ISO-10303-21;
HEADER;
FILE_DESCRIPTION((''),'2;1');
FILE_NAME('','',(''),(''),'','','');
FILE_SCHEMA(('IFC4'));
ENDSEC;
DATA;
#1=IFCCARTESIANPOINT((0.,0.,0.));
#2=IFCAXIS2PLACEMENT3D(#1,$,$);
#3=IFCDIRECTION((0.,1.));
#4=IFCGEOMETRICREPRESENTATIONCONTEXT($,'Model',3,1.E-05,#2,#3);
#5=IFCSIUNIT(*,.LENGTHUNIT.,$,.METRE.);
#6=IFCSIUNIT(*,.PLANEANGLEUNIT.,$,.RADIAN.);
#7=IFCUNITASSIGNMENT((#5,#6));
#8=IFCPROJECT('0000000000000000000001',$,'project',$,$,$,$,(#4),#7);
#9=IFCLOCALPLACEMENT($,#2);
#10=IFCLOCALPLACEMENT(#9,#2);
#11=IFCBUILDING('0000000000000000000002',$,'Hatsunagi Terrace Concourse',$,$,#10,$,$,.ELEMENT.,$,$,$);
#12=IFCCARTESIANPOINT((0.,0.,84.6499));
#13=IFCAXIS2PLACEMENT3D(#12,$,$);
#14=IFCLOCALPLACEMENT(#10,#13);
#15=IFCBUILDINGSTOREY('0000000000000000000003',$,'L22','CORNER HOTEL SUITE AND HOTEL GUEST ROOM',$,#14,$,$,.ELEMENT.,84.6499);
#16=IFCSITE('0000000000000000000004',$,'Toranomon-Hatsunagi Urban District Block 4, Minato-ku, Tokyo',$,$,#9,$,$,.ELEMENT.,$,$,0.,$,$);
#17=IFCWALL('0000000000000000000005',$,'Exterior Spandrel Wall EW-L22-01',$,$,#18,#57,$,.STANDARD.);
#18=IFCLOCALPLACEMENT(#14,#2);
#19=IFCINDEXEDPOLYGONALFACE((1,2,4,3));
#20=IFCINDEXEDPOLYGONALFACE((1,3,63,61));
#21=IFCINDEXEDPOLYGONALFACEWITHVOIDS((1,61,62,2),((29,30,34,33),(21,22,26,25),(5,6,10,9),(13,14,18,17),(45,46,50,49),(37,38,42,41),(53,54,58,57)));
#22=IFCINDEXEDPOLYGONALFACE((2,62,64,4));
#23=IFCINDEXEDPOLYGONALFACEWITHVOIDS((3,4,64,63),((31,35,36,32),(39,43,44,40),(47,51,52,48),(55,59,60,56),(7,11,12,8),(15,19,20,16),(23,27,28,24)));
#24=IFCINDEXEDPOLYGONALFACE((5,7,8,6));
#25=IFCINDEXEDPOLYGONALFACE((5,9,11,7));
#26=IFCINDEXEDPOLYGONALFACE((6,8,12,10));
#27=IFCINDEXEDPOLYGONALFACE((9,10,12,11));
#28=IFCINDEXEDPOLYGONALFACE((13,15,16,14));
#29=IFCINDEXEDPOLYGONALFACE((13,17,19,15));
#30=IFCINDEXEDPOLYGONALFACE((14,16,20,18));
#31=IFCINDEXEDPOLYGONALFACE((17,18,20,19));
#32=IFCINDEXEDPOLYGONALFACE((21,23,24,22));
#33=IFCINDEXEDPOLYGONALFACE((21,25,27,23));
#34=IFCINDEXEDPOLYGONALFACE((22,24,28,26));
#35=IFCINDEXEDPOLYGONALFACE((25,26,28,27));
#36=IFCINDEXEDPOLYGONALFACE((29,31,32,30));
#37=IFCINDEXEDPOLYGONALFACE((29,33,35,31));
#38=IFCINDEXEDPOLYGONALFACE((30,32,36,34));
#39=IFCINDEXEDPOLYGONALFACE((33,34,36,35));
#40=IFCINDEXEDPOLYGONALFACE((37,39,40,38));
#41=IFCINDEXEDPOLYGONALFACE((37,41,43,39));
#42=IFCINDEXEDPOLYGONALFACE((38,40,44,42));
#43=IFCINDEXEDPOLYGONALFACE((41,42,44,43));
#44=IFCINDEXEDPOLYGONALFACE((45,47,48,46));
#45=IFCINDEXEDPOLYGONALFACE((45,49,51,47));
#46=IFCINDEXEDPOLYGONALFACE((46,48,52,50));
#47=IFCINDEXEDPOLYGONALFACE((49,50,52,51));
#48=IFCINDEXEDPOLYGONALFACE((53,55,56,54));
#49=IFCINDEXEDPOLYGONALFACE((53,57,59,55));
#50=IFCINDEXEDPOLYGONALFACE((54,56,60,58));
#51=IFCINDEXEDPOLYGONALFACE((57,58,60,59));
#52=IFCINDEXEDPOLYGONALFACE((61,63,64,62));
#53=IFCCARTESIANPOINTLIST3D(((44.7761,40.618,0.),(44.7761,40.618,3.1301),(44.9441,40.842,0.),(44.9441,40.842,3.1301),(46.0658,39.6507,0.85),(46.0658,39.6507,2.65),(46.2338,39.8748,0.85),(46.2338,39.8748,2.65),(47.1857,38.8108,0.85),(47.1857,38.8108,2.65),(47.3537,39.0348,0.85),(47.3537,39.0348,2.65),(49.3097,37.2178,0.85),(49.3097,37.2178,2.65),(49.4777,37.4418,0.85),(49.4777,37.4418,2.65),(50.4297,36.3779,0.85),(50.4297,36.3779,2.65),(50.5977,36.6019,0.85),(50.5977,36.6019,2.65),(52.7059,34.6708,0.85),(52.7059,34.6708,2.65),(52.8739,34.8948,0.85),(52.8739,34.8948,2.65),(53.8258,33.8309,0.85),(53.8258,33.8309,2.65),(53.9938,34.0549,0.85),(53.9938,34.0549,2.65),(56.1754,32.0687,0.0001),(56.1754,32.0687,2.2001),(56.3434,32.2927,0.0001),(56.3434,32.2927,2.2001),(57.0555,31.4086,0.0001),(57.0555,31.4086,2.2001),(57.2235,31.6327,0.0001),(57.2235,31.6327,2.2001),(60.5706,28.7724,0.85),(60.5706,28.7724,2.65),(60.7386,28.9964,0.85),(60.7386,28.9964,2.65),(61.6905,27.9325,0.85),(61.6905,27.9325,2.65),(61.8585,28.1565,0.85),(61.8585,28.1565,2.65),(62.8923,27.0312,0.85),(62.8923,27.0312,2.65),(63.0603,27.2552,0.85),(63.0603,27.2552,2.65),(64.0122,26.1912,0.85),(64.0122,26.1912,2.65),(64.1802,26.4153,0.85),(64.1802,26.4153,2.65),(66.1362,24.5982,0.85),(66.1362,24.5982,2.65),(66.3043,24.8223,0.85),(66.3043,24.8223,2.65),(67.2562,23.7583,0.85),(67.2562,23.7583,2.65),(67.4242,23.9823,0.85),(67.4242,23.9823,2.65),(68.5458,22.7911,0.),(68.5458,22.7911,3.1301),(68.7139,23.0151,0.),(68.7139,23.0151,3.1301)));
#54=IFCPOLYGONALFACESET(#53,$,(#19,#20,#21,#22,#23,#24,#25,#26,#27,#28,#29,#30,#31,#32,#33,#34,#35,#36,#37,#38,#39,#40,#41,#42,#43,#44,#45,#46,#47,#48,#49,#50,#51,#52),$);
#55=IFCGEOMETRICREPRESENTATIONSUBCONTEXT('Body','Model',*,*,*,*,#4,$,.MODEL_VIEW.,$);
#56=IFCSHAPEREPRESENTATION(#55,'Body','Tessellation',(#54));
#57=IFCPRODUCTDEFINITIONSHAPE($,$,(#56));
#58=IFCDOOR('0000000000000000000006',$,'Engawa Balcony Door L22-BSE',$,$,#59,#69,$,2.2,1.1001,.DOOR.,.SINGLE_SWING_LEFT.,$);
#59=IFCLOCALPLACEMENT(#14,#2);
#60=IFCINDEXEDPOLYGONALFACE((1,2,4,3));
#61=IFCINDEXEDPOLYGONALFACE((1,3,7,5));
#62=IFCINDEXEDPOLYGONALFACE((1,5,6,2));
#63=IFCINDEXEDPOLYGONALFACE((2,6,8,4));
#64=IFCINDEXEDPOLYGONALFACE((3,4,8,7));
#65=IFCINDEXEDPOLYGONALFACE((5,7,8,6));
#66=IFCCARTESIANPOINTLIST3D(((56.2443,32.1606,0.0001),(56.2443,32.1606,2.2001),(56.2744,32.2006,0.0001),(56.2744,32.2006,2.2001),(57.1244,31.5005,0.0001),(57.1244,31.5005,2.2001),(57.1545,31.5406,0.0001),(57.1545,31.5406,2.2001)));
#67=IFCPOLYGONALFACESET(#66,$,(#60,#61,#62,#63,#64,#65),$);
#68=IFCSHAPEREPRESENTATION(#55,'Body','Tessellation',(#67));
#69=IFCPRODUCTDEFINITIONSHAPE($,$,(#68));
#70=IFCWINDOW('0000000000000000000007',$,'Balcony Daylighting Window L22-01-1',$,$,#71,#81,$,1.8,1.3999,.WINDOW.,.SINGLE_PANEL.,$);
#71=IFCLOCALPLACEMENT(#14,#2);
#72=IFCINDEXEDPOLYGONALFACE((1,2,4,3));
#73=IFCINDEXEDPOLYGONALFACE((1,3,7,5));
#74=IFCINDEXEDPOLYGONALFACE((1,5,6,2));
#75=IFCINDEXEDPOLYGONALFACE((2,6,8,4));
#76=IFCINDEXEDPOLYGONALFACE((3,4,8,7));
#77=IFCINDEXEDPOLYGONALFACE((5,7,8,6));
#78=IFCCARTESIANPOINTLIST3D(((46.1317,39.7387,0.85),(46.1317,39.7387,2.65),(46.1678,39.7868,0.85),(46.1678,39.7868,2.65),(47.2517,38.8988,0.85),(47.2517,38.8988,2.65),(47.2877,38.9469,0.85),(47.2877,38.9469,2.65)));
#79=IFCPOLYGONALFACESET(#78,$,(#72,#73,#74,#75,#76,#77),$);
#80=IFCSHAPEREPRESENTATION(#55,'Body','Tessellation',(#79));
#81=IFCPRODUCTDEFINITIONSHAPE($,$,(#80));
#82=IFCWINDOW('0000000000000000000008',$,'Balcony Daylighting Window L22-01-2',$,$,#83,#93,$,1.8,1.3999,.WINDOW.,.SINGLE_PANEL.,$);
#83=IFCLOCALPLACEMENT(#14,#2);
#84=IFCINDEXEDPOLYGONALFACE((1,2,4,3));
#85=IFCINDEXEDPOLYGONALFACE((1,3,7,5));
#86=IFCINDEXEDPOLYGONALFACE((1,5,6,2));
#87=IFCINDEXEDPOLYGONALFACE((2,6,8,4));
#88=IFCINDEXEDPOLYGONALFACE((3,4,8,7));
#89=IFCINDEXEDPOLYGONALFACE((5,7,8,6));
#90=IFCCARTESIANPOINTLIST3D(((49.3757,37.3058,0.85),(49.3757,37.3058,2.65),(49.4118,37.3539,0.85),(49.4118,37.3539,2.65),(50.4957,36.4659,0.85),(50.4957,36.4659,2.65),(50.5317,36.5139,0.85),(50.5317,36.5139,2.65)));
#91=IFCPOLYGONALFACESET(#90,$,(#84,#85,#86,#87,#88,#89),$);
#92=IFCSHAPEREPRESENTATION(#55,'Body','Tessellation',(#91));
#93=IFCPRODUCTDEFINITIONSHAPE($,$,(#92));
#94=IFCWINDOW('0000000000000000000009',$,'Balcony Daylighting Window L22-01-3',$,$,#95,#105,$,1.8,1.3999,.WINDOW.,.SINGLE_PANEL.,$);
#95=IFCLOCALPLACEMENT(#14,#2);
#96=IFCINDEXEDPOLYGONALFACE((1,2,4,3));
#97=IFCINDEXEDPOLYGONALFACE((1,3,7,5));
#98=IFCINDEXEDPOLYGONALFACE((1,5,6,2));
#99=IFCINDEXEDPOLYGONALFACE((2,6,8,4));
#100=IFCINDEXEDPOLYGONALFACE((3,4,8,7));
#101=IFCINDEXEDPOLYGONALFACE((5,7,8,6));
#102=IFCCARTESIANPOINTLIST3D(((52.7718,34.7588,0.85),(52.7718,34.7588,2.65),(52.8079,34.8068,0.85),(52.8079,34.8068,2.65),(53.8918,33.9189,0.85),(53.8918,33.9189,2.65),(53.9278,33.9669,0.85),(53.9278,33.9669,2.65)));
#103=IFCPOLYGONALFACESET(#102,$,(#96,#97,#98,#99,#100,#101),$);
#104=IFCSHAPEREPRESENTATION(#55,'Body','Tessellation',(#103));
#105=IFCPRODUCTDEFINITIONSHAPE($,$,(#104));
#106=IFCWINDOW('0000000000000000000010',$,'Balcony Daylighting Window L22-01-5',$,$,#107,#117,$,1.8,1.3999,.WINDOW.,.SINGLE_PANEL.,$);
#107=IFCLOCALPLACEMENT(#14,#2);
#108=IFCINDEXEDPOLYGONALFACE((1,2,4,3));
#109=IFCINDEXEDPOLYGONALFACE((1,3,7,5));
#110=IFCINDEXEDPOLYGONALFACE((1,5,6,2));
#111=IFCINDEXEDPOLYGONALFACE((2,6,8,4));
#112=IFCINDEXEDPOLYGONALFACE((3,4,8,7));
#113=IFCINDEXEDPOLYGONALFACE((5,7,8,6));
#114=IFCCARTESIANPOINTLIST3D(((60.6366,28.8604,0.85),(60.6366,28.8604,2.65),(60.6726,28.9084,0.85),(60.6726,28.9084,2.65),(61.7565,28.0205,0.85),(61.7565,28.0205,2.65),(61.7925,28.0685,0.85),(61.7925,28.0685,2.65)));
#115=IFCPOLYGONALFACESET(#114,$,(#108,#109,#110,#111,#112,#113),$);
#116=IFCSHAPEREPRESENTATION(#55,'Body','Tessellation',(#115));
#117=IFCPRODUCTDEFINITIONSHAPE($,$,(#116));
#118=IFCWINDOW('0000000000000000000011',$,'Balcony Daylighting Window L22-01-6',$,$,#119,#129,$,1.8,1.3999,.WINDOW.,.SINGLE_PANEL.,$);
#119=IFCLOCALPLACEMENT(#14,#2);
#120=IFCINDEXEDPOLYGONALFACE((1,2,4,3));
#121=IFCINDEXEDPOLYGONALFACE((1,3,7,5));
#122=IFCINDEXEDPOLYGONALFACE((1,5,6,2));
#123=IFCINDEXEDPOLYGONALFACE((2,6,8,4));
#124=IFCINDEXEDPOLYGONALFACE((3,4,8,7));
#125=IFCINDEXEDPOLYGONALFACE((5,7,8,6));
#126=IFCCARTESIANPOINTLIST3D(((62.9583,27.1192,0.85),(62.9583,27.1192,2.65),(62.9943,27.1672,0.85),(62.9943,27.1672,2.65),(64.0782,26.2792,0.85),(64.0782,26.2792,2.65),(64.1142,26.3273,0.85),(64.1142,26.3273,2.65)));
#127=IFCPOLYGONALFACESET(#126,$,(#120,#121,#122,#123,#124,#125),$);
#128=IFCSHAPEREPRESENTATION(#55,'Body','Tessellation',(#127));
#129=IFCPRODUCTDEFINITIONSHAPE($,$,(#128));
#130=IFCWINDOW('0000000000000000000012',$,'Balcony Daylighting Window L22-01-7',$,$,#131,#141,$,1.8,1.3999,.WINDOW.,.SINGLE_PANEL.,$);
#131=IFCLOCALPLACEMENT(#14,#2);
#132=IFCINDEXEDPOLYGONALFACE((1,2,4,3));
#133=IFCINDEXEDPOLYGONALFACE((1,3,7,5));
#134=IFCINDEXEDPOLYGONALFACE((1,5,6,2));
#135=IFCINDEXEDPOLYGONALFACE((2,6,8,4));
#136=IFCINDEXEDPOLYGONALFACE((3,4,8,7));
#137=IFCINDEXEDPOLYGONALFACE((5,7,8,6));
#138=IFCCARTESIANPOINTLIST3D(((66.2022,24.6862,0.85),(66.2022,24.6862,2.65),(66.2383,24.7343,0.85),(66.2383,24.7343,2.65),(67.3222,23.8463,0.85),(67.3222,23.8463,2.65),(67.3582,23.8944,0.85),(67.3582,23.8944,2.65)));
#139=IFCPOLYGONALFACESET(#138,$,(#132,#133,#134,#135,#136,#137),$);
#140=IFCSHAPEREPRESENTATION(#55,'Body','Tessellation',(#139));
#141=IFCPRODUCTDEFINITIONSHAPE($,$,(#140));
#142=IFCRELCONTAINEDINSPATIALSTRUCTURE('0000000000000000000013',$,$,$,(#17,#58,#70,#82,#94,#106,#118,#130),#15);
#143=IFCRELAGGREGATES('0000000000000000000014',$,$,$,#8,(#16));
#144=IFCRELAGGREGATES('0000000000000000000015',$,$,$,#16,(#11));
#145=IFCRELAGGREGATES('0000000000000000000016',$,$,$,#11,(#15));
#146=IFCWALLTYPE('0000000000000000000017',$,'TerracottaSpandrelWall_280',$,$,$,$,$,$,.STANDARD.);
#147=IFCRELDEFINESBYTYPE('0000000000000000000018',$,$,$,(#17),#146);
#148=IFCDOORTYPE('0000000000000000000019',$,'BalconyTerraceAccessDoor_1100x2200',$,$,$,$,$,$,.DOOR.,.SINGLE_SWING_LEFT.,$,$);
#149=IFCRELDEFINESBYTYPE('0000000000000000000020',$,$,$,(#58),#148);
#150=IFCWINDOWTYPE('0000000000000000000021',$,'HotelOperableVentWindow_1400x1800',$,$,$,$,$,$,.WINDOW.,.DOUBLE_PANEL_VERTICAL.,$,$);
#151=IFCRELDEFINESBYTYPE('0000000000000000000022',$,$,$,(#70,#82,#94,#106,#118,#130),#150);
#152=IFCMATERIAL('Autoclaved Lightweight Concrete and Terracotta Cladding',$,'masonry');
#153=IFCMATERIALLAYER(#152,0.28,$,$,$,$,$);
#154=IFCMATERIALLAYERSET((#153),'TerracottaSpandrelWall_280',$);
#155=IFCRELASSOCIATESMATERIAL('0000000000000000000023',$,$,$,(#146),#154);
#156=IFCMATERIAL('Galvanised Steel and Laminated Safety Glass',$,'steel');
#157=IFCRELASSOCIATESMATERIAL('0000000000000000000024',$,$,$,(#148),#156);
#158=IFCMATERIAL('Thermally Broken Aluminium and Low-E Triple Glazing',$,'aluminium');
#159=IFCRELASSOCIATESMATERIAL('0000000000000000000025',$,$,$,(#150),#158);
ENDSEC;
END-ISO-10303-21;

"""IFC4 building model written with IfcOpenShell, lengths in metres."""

from ifc_helpers import new_model, si_unit, direction, frame, frame_2d, origin, place, context, subcontext, project, spatial, rectangle, extrude, material, layer, layer_set, type_object, element, fill, save


model = new_model("IFC4")

# Units and contexts
model_context = context("Model", 3, precision=1e-05, world=origin(), true_north=direction((0.0, 1.0)))
body_context = subcontext(model_context, "Body", "Model", "MODEL_VIEW")
ifc_project = project(units=[si_unit("LENGTHUNIT", "METRE"), si_unit("PLANEANGLEUNIT", "RADIAN")], contexts=[model_context])

# Site, building, storey
site_placement = place(None, origin())
site = spatial("IfcSite", under=ifc_project, at=site_placement, Name="Toranomon-Hatsunagi Urban District Block 4, Minato-ku, Tokyo", CompositionType="ELEMENT", RefElevation=0.0)
building_placement = place(site_placement, origin())
building = spatial("IfcBuilding", under=site, at=building_placement, Name="Hatsunagi Terrace Concourse", CompositionType="ELEMENT")
storey_placement = place(building_placement, frame((0.0, 0.0, 84.6499)))
storey = spatial("IfcBuildingStorey", under=building, at=storey_placement, Name="L22", Description="CORNER HOTEL SUITE AND HOTEL GUEST ROOM", CompositionType="ELEMENT", Elevation=84.6499)

# Wall, openings, door, windows
ifc_material_1 = material(Name="Autoclaved Lightweight Concrete and Terracotta Cladding", Category="masonry")
ifc_layer_1 = layer(ifc_material_1, 0.28)
ifc_layer_set_1 = layer_set([ifc_layer_1], Name="TerracottaSpandrelWall_280")
wall_type_1 = type_object("IfcWallType", Name="TerracottaSpandrelWall_280", PredefinedType="STANDARD", material=ifc_layer_set_1)
wall_1_placement = place(storey_placement, frame((44.8601, 40.73, 0.0), z_axis=(0.0, 0.0, 1.0), x_axis=(0.800007, -0.599991, 0.0)))
wall_1 = element("IfcWall", 1, at=wall_1_placement, inside=storey, type_object=wall_type_1, Name="Exterior Spandrel Wall EW-L22-01", PredefinedType="STANDARD", context=body_context, shape_type="SweptSolid", body=[
    extrude(rectangle(XDim=29.7119, YDim=0.28, at=frame_2d((14.856, 0.0))), origin(), (0.0, 0.0, 1.0), 3.1301),
])
opening_1_placement = place(wall_1_placement, frame((14.249, 0.0, 0.0)))
opening_1 = element("IfcOpeningElement", 2, at=opening_1_placement, cuts=wall_1, PredefinedType="OPENING", context=body_context, shape_type="SweptSolid", body=[
    extrude(rectangle(XDim=1.1001, YDim=2.2, at=frame_2d((0.55, 1.1001))), frame((0.0, 0.1499, 0.0), z_axis=(0.0, -1.0, 0.0), x_axis=(1.0, 0.0, 0.0)), (0.0, 0.0, 1.0), 0.3),
])
opening_2_placement = place(wall_1_placement, frame((1.6121, 0.0, 0.8501)))
opening_2 = element("IfcOpeningElement", 3, at=opening_2_placement, cuts=wall_1, PredefinedType="OPENING", context=body_context, shape_type="SweptSolid", body=[
    extrude(rectangle(XDim=1.3999, YDim=1.8, at=frame_2d((0.7, 0.8999))), frame((0.0, 0.1499, 0.0), z_axis=(0.0, -1.0, 0.0), x_axis=(1.0, 0.0, 0.0)), (0.0, 0.0, 1.0), 0.3),
])
opening_3_placement = place(wall_1_placement, frame((5.667, 0.0, 0.8501)))
opening_3 = element("IfcOpeningElement", 4, at=opening_3_placement, cuts=wall_1, PredefinedType="OPENING", context=body_context, shape_type="SweptSolid", body=[
    extrude(rectangle(XDim=1.3999, YDim=1.8, at=frame_2d((0.7, 0.8999))), frame((0.0, 0.1499, 0.0), z_axis=(0.0, -1.0, 0.0), x_axis=(1.0, 0.0, 0.0)), (0.0, 0.0, 1.0), 0.3),
])
opening_4_placement = place(wall_1_placement, frame((9.9121, 0.0, 0.8501)))
opening_4 = element("IfcOpeningElement", 5, at=opening_4_placement, cuts=wall_1, PredefinedType="OPENING", context=body_context, shape_type="SweptSolid", body=[
    extrude(rectangle(XDim=1.3999, YDim=1.8, at=frame_2d((0.7, 0.8999))), frame((0.0, 0.1499, 0.0), z_axis=(0.0, -1.0, 0.0), x_axis=(1.0, 0.0, 0.0)), (0.0, 0.0, 1.0), 0.3),
])
opening_5_placement = place(wall_1_placement, frame((19.7429, 0.0, 0.8501)))
opening_5 = element("IfcOpeningElement", 6, at=opening_5_placement, cuts=wall_1, PredefinedType="OPENING", context=body_context, shape_type="SweptSolid", body=[
    extrude(rectangle(XDim=1.3999, YDim=1.8, at=frame_2d((0.7, 0.8999))), frame((0.0, 0.1499, 0.0), z_axis=(0.0, -1.0, 0.0), x_axis=(1.0, 0.0, 0.0)), (0.0, 0.0, 1.0), 0.3),
])
opening_6_placement = place(wall_1_placement, frame((22.645, 0.0, 0.8501)))
opening_6 = element("IfcOpeningElement", 7, at=opening_6_placement, cuts=wall_1, PredefinedType="OPENING", context=body_context, shape_type="SweptSolid", body=[
    extrude(rectangle(XDim=1.3999, YDim=1.8, at=frame_2d((0.7, 0.8999))), frame((0.0, 0.1499, 0.0), z_axis=(0.0, -1.0, 0.0), x_axis=(1.0, 0.0, 0.0)), (0.0, 0.0, 1.0), 0.3),
])
opening_7_placement = place(wall_1_placement, frame((26.7, 0.0, 0.8501)))
opening_7 = element("IfcOpeningElement", 8, at=opening_7_placement, cuts=wall_1, PredefinedType="OPENING", context=body_context, shape_type="SweptSolid", body=[
    extrude(rectangle(XDim=1.3999, YDim=1.8, at=frame_2d((0.7, 0.8999))), frame((0.0, 0.1499, 0.0), z_axis=(0.0, -1.0, 0.0), x_axis=(1.0, 0.0, 0.0)), (0.0, 0.0, 1.0), 0.3),
])
ifc_material_2 = material(Name="Galvanised Steel and Laminated Safety Glass", Category="steel")
door_type_1 = type_object("IfcDoorType", Name="BalconyTerraceAccessDoor_1100x2200", OperationType="SINGLE_SWING_LEFT", PredefinedType="DOOR", material=ifc_material_2)
door_1_placement = place(opening_1_placement, origin())
door_1 = element("IfcDoor", 9, at=door_1_placement, inside=storey, type_object=door_type_1, Name="Engawa Balcony Door L22-BSE", OperationType="SINGLE_SWING_LEFT", OverallHeight=2.2, OverallWidth=1.1001, PredefinedType="DOOR", context=body_context, shape_type="SweptSolid", body=[
    extrude(rectangle(XDim=1.1001, YDim=2.2, at=frame_2d((0.55, 1.1001))), frame((0.0, 0.0249, 0.0), z_axis=(0.0, -1.0, 0.0), x_axis=(1.0, 0.0, 0.0)), (0.0, 0.0, 1.0), 0.05),
])
fill(opening_1, door_1)
ifc_material_3 = material(Name="Thermally Broken Aluminium and Low-E Triple Glazing", Category="aluminium")
window_type = type_object("IfcWindowType", Name="HotelOperableVentWindow_1400x1800", PartitioningType="DOUBLE_PANEL_VERTICAL", PredefinedType="WINDOW", material=ifc_material_3)
window_1_placement = place(opening_2_placement, origin())
window_1 = element("IfcWindow", 10, at=window_1_placement, inside=storey, type_object=window_type, Name="Balcony Daylighting Window L22-01-1", OverallHeight=1.8, OverallWidth=1.3999, PartitioningType="SINGLE_PANEL", PredefinedType="WINDOW", context=body_context, shape_type="SweptSolid", body=[
    extrude(rectangle(XDim=1.3999, YDim=1.8, at=frame_2d((0.7, 0.8999))), frame((0.0, 0.03, 0.0), z_axis=(0.0, -1.0, 0.0), x_axis=(1.0, 0.0, 0.0)), (0.0, 0.0, 1.0), 0.0601),
])
fill(opening_2, window_1)
window_2_placement = place(opening_3_placement, origin())
window_2 = element("IfcWindow", 11, at=window_2_placement, inside=storey, type_object=window_type, Name="Balcony Daylighting Window L22-01-2", OverallHeight=1.8, OverallWidth=1.3999, PartitioningType="SINGLE_PANEL", PredefinedType="WINDOW", context=body_context, shape_type="SweptSolid", body=[
    extrude(rectangle(XDim=1.3999, YDim=1.8, at=frame_2d((0.7, 0.8999))), frame((0.0, 0.03, 0.0), z_axis=(0.0, -1.0, 0.0), x_axis=(1.0, 0.0, 0.0)), (0.0, 0.0, 1.0), 0.0601),
])
fill(opening_3, window_2)
window_3_placement = place(opening_4_placement, origin())
window_3 = element("IfcWindow", 12, at=window_3_placement, inside=storey, type_object=window_type, Name="Balcony Daylighting Window L22-01-3", OverallHeight=1.8, OverallWidth=1.3999, PartitioningType="SINGLE_PANEL", PredefinedType="WINDOW", context=body_context, shape_type="SweptSolid", body=[
    extrude(rectangle(XDim=1.3999, YDim=1.8, at=frame_2d((0.7, 0.8999))), frame((0.0, 0.03, 0.0), z_axis=(0.0, -1.0, 0.0), x_axis=(1.0, 0.0, 0.0)), (0.0, 0.0, 1.0), 0.0601),
])
fill(opening_4, window_3)
window_4_placement = place(opening_5_placement, origin())
window_4 = element("IfcWindow", 13, at=window_4_placement, inside=storey, type_object=window_type, Name="Balcony Daylighting Window L22-01-5", OverallHeight=1.8, OverallWidth=1.3999, PartitioningType="SINGLE_PANEL", PredefinedType="WINDOW", context=body_context, shape_type="SweptSolid", body=[
    extrude(rectangle(XDim=1.3999, YDim=1.8, at=frame_2d((0.7, 0.8999))), frame((0.0, 0.03, 0.0), z_axis=(0.0, -1.0, 0.0), x_axis=(1.0, 0.0, 0.0)), (0.0, 0.0, 1.0), 0.0601),
])
fill(opening_5, window_4)
window_5_placement = place(opening_6_placement, origin())
window_5 = element("IfcWindow", 14, at=window_5_placement, inside=storey, type_object=window_type, Name="Balcony Daylighting Window L22-01-6", OverallHeight=1.8, OverallWidth=1.3999, PartitioningType="SINGLE_PANEL", PredefinedType="WINDOW", context=body_context, shape_type="SweptSolid", body=[
    extrude(rectangle(XDim=1.3999, YDim=1.8, at=frame_2d((0.7, 0.8999))), frame((0.0, 0.03, 0.0), z_axis=(0.0, -1.0, 0.0), x_axis=(1.0, 0.0, 0.0)), (0.0, 0.0, 1.0), 0.0601),
])
fill(opening_6, window_5)
window_6_placement = place(opening_7_placement, origin())
window_6 = element("IfcWindow", 15, at=window_6_placement, inside=storey, type_object=window_type, Name="Balcony Daylighting Window L22-01-7", OverallHeight=1.8, OverallWidth=1.3999, PartitioningType="SINGLE_PANEL", PredefinedType="WINDOW", context=body_context, shape_type="SweptSolid", body=[
    extrude(rectangle(XDim=1.3999, YDim=1.8, at=frame_2d((0.7, 0.8999))), frame((0.0, 0.03, 0.0), z_axis=(0.0, -1.0, 0.0), x_axis=(1.0, 0.0, 0.0)), (0.0, 0.0, 1.0), 0.0601),
])
fill(opening_7, window_6)

save(model, "model.ifc")
